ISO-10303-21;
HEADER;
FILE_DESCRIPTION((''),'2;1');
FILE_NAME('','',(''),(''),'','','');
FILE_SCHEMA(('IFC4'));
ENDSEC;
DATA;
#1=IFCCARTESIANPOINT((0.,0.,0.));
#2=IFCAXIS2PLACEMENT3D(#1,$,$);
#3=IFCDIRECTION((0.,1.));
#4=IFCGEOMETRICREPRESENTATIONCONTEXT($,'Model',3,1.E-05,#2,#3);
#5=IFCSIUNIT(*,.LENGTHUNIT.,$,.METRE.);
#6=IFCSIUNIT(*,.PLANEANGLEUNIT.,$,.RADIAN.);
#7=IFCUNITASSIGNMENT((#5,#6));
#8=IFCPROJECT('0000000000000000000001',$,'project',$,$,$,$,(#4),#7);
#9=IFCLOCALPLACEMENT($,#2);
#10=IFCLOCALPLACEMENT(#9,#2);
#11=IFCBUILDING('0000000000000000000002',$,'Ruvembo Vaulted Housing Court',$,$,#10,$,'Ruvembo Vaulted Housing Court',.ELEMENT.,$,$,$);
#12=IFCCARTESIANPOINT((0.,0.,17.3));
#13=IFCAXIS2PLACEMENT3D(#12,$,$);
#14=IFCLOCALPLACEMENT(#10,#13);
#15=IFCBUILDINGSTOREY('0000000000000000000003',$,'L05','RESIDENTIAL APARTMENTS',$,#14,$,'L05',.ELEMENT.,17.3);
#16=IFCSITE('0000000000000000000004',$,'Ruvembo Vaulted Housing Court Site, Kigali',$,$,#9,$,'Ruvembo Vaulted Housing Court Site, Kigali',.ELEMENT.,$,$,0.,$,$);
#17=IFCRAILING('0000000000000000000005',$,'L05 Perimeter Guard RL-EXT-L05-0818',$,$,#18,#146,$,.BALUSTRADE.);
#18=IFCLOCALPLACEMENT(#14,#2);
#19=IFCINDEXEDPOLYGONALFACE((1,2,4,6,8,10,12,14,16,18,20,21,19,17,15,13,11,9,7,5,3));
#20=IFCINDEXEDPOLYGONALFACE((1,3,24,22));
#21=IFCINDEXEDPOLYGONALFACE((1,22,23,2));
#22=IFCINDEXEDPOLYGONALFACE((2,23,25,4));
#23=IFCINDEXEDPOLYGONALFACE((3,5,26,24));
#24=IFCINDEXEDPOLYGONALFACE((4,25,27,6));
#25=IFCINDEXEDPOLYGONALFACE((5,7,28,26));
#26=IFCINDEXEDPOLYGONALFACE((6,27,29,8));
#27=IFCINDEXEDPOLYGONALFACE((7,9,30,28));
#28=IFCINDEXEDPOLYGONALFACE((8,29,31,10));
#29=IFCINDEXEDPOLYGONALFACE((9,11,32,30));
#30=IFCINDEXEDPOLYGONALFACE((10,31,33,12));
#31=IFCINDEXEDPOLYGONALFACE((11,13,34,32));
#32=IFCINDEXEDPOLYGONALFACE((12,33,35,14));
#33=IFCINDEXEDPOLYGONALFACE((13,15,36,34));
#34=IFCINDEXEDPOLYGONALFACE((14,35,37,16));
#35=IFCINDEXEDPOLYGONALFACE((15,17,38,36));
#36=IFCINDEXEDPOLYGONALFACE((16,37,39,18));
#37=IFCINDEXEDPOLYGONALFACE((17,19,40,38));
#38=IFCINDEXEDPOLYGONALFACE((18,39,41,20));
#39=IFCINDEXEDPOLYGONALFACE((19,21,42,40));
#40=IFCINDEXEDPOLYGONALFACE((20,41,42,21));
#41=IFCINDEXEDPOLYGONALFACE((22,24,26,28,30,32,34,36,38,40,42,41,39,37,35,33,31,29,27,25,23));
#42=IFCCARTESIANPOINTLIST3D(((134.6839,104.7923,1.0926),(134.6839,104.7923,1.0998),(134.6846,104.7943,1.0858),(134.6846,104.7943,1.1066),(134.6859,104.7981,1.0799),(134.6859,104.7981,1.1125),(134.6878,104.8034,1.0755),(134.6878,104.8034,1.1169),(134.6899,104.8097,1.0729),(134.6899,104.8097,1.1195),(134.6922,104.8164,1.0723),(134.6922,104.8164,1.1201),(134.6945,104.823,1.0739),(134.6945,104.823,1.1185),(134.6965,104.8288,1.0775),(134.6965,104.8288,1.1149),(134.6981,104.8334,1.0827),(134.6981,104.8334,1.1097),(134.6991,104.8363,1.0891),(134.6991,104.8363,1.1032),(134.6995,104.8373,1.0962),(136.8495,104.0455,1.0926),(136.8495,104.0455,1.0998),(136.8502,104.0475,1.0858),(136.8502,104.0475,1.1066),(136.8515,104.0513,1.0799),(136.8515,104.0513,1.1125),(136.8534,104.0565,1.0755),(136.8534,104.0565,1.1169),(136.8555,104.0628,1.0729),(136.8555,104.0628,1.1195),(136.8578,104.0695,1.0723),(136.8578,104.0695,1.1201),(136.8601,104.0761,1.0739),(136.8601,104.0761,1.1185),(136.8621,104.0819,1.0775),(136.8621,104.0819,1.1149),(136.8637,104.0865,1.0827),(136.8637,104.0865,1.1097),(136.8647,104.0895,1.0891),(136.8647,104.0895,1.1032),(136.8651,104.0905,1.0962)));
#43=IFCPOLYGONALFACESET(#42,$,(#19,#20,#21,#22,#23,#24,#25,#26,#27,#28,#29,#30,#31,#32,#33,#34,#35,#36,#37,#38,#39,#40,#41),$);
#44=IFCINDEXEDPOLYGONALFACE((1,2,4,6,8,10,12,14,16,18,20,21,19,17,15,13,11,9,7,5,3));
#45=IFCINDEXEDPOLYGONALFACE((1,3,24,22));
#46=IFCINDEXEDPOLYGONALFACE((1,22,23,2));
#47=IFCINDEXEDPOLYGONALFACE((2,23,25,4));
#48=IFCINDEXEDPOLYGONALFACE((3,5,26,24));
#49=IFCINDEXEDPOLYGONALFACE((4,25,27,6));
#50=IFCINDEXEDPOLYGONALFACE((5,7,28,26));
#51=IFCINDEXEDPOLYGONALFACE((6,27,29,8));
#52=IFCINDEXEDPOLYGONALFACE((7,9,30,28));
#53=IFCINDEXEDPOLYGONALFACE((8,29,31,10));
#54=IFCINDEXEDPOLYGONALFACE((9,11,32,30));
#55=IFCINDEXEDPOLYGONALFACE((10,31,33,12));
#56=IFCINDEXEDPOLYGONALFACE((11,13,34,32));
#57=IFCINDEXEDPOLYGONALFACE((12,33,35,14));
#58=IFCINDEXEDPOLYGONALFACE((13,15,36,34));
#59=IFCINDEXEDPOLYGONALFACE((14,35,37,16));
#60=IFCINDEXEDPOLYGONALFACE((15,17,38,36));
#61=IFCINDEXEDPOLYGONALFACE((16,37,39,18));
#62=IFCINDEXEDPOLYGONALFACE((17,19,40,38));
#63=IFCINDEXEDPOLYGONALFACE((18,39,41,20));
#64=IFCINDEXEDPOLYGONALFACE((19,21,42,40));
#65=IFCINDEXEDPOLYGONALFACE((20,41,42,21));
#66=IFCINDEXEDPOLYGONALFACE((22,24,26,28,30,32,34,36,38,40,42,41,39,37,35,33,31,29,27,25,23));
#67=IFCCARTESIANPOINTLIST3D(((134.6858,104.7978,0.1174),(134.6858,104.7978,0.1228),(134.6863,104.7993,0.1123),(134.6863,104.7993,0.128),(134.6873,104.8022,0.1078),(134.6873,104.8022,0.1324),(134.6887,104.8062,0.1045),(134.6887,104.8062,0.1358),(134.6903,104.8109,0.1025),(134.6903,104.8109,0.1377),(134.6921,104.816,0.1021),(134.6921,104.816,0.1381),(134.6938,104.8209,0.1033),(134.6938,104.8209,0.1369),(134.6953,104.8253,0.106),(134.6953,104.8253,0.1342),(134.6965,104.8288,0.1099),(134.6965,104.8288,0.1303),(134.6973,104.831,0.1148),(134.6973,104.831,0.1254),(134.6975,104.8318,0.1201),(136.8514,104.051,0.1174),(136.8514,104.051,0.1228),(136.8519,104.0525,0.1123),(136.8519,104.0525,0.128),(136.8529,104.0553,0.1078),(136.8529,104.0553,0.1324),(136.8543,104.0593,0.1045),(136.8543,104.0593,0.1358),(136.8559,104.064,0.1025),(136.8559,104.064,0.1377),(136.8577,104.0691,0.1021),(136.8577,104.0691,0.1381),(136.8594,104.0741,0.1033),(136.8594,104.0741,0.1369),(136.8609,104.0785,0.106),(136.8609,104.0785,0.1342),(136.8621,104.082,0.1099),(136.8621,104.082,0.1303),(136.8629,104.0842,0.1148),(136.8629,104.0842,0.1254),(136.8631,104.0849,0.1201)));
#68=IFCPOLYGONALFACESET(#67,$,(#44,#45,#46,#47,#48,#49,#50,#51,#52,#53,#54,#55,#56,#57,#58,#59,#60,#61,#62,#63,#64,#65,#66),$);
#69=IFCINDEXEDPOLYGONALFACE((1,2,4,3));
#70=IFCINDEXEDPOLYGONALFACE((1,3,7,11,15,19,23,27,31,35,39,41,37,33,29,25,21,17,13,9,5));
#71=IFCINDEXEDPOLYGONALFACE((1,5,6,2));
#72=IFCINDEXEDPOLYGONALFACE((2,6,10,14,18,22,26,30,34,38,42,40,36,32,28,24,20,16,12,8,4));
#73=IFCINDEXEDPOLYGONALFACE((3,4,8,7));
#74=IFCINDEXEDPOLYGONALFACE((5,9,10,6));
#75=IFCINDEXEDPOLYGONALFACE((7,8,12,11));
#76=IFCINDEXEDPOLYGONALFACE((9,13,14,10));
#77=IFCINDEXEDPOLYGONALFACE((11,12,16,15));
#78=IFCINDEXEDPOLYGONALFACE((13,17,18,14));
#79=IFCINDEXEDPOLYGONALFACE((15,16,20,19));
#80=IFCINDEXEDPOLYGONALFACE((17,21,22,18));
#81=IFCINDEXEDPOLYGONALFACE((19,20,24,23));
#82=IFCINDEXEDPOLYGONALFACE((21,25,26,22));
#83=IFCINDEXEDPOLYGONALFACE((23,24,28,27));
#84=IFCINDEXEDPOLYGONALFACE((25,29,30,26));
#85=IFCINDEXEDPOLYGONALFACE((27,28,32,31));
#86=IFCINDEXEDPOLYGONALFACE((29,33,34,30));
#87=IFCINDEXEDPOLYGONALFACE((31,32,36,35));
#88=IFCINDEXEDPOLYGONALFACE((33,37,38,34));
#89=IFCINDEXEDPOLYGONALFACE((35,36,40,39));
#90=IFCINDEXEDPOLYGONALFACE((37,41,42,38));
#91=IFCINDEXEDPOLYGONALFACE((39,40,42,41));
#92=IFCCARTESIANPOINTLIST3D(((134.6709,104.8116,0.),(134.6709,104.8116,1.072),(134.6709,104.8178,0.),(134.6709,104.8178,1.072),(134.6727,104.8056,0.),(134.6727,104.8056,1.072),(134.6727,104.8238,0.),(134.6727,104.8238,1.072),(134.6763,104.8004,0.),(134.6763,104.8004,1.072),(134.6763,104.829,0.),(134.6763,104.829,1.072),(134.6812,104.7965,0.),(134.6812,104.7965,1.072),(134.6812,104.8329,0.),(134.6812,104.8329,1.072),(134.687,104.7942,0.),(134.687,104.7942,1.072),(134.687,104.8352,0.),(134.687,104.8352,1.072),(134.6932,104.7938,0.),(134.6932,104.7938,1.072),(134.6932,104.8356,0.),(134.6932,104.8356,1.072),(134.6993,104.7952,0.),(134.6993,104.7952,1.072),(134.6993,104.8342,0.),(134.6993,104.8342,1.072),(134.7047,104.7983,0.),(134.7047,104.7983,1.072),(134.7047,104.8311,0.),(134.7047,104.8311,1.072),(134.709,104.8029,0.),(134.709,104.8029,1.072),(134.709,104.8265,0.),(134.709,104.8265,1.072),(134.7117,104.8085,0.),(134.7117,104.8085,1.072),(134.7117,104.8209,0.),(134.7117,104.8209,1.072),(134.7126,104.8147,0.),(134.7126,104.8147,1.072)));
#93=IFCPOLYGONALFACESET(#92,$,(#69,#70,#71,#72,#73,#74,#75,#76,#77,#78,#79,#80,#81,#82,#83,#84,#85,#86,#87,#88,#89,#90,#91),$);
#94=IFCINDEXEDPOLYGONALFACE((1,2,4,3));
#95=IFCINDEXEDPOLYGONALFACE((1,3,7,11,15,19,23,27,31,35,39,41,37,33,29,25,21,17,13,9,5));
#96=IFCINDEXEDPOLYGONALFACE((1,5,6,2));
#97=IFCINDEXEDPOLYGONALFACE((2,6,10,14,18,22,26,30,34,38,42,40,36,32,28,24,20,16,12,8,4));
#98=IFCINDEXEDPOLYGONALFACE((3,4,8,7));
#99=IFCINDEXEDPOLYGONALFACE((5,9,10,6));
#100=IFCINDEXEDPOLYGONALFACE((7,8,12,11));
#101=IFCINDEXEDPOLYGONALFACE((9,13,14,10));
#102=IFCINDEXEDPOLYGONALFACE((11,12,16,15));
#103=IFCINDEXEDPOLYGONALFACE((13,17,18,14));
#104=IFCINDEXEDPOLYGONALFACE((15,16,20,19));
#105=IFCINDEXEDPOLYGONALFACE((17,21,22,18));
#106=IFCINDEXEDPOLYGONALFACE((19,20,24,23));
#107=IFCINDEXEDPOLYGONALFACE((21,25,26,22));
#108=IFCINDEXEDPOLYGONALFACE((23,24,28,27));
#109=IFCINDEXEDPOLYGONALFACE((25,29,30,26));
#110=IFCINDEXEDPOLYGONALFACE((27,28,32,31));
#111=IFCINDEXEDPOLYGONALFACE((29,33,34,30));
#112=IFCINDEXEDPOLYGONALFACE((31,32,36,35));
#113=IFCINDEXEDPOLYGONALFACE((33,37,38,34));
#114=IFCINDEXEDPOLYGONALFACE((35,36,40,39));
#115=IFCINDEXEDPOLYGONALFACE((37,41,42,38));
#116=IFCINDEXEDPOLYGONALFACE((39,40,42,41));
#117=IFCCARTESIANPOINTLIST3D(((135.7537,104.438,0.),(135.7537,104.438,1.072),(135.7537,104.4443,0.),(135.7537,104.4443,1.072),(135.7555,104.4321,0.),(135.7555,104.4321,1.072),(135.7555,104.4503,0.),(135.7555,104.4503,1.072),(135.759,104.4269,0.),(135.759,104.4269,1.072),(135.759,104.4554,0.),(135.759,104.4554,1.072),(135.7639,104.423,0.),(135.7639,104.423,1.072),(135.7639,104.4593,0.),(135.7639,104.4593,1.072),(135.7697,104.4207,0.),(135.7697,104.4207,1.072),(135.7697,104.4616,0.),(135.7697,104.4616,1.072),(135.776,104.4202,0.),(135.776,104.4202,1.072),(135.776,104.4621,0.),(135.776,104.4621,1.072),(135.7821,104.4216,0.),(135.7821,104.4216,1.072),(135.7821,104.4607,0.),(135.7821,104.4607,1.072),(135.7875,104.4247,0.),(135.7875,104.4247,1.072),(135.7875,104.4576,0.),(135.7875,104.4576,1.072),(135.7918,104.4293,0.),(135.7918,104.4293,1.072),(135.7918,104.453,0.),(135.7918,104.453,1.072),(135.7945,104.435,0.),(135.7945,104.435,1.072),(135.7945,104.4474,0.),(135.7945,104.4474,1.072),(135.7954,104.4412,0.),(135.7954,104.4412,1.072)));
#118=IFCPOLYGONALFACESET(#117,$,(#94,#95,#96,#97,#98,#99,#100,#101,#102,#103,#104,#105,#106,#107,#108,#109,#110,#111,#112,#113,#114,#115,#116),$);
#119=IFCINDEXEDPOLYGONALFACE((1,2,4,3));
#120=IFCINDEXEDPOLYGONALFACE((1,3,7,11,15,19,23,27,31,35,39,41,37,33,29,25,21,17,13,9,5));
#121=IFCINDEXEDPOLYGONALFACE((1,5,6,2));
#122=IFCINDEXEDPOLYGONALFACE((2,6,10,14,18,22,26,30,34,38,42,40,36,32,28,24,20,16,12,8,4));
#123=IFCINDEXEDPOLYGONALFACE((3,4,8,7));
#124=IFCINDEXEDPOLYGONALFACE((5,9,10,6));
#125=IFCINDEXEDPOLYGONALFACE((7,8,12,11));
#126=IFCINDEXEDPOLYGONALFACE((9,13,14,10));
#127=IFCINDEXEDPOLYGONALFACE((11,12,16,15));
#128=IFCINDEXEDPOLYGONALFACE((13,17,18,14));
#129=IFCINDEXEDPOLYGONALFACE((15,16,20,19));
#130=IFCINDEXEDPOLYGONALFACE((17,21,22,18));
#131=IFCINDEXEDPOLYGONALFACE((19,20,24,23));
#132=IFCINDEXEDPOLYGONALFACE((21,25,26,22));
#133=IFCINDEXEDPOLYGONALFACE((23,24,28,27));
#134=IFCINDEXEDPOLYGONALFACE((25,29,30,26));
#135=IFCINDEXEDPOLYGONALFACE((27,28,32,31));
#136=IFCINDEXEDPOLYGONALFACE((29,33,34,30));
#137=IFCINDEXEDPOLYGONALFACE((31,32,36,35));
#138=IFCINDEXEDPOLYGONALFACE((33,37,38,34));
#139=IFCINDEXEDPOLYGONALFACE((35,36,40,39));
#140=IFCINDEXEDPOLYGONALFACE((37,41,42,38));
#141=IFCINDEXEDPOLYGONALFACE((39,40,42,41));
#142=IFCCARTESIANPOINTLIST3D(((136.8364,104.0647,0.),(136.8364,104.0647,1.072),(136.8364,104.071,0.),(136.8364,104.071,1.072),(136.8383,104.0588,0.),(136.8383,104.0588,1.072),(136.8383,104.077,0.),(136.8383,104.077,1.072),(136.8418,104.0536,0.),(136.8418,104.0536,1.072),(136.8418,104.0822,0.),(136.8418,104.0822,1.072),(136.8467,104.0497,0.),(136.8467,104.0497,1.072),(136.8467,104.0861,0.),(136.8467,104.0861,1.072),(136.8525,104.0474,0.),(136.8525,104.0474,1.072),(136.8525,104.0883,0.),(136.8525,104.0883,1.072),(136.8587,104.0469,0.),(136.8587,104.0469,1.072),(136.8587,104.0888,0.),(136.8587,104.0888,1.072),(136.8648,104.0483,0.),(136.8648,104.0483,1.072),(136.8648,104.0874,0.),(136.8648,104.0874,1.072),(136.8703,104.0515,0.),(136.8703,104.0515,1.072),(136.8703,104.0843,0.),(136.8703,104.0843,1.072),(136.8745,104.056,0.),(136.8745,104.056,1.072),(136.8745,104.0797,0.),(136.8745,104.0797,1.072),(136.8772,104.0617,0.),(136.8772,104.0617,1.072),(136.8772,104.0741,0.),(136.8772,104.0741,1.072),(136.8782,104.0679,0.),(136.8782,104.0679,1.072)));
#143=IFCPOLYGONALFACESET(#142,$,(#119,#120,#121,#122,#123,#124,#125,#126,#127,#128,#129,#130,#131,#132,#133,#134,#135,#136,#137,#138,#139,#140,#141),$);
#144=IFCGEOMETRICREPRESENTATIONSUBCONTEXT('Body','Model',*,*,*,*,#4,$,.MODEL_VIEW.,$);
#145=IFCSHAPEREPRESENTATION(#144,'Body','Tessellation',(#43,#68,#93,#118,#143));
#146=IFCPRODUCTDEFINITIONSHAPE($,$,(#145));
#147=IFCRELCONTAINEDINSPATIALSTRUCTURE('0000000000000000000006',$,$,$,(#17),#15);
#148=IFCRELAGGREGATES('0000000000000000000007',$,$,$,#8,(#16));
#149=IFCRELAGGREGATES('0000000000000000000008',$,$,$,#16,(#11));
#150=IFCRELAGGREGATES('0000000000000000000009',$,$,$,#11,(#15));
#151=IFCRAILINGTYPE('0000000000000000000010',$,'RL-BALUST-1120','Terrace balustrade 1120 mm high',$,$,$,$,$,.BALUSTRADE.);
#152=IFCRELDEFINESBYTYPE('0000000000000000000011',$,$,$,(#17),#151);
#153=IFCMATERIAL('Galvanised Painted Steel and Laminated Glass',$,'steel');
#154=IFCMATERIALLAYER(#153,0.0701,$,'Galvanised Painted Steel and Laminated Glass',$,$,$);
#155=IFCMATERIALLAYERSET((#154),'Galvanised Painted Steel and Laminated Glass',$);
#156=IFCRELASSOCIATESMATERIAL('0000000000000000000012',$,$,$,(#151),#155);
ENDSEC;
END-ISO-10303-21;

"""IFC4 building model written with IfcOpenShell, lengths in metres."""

from ifc_helpers import new_model, si_unit, direction, frame, origin, origin_2d, place, context, subcontext, project, spatial, circle, extrude, material, layer, layer_set, type_object, element, save


model = new_model("IFC4")

# Units and contexts
model_context = context("Model", 3, precision=1e-05, world=origin(), true_north=direction((0.0, 1.0)))
body_context = subcontext(model_context, "Body", "Model", "MODEL_VIEW")
ifc_project = project(units=[si_unit("LENGTHUNIT", "METRE"), si_unit("PLANEANGLEUNIT", "RADIAN")], contexts=[model_context])

# Site, building, storey
site_placement = place(None, origin())
site = spatial("IfcSite", under=ifc_project, at=site_placement, Name="Ruvembo Vaulted Housing Court Site, Kigali", LongName="Ruvembo Vaulted Housing Court Site, Kigali", CompositionType="ELEMENT", RefElevation=0.0)
building_placement = place(site_placement, origin())
building = spatial("IfcBuilding", under=site, at=building_placement, Name="Ruvembo Vaulted Housing Court", LongName="Ruvembo Vaulted Housing Court", CompositionType="ELEMENT")
storey_placement = place(building_placement, frame((0.0, 0.0, 17.3)))
storey = spatial("IfcBuildingStorey", under=building, at=storey_placement, Name="L05", Description="RESIDENTIAL APARTMENTS", LongName="L05", CompositionType="ELEMENT", Elevation=17.3)

# Railing
ifc_material_1 = material(Name="Galvanised Painted Steel and Laminated Glass", Category="steel")
ifc_layer_1 = layer(ifc_material_1, 0.0701, Name="Galvanised Painted Steel and Laminated Glass")
ifc_layer_set_1 = layer_set([ifc_layer_1], Name="Galvanised Painted Steel and Laminated Glass")
railing_type = type_object("IfcRailingType", Name="RL-BALUST-1120", Description="Terrace balustrade 1120 mm high", PredefinedType="BALUSTRADE", material=ifc_layer_set_1)
railing_1_placement = place(storey_placement, frame((134.6917, 104.8147, 0.0)))
element("IfcRailing", 1, at=railing_1_placement, inside=storey, type_object=railing_type, Name="L05 Perimeter Guard RL-EXT-L05-0818", PredefinedType="BALUSTRADE", context=body_context, shape_type="SweptSolid", body=[
    extrude(circle(Radius=0.0239, at=origin_2d()), frame((0.0, 0.0, 1.0962), z_axis=(0.945361, -0.326027, 0.0), x_axis=(0.326027, 0.945361, 0.0)), (0.0, 0.0, 1.0), 2.2908),
    extrude(circle(Radius=0.0181, at=origin_2d()), frame((0.0, 0.0, 0.1201), z_axis=(0.945361, -0.326027, 0.0), x_axis=(0.326027, 0.945361, 0.0)), (0.0, 0.0, 1.0), 2.2908),
    extrude(circle(Radius=0.021, at=origin_2d()), origin(), (0.0, 0.0, 1.0), 1.072),
    extrude(circle(Radius=0.021, at=origin_2d()), frame((1.0828, -0.3735, 0.0)), (0.0, 0.0, 1.0), 1.072),
    extrude(circle(Radius=0.021, at=origin_2d()), frame((2.1655, -0.7468, 0.0)), (0.0, 0.0, 1.0), 1.072),
])

save(model, "model.ifc")
